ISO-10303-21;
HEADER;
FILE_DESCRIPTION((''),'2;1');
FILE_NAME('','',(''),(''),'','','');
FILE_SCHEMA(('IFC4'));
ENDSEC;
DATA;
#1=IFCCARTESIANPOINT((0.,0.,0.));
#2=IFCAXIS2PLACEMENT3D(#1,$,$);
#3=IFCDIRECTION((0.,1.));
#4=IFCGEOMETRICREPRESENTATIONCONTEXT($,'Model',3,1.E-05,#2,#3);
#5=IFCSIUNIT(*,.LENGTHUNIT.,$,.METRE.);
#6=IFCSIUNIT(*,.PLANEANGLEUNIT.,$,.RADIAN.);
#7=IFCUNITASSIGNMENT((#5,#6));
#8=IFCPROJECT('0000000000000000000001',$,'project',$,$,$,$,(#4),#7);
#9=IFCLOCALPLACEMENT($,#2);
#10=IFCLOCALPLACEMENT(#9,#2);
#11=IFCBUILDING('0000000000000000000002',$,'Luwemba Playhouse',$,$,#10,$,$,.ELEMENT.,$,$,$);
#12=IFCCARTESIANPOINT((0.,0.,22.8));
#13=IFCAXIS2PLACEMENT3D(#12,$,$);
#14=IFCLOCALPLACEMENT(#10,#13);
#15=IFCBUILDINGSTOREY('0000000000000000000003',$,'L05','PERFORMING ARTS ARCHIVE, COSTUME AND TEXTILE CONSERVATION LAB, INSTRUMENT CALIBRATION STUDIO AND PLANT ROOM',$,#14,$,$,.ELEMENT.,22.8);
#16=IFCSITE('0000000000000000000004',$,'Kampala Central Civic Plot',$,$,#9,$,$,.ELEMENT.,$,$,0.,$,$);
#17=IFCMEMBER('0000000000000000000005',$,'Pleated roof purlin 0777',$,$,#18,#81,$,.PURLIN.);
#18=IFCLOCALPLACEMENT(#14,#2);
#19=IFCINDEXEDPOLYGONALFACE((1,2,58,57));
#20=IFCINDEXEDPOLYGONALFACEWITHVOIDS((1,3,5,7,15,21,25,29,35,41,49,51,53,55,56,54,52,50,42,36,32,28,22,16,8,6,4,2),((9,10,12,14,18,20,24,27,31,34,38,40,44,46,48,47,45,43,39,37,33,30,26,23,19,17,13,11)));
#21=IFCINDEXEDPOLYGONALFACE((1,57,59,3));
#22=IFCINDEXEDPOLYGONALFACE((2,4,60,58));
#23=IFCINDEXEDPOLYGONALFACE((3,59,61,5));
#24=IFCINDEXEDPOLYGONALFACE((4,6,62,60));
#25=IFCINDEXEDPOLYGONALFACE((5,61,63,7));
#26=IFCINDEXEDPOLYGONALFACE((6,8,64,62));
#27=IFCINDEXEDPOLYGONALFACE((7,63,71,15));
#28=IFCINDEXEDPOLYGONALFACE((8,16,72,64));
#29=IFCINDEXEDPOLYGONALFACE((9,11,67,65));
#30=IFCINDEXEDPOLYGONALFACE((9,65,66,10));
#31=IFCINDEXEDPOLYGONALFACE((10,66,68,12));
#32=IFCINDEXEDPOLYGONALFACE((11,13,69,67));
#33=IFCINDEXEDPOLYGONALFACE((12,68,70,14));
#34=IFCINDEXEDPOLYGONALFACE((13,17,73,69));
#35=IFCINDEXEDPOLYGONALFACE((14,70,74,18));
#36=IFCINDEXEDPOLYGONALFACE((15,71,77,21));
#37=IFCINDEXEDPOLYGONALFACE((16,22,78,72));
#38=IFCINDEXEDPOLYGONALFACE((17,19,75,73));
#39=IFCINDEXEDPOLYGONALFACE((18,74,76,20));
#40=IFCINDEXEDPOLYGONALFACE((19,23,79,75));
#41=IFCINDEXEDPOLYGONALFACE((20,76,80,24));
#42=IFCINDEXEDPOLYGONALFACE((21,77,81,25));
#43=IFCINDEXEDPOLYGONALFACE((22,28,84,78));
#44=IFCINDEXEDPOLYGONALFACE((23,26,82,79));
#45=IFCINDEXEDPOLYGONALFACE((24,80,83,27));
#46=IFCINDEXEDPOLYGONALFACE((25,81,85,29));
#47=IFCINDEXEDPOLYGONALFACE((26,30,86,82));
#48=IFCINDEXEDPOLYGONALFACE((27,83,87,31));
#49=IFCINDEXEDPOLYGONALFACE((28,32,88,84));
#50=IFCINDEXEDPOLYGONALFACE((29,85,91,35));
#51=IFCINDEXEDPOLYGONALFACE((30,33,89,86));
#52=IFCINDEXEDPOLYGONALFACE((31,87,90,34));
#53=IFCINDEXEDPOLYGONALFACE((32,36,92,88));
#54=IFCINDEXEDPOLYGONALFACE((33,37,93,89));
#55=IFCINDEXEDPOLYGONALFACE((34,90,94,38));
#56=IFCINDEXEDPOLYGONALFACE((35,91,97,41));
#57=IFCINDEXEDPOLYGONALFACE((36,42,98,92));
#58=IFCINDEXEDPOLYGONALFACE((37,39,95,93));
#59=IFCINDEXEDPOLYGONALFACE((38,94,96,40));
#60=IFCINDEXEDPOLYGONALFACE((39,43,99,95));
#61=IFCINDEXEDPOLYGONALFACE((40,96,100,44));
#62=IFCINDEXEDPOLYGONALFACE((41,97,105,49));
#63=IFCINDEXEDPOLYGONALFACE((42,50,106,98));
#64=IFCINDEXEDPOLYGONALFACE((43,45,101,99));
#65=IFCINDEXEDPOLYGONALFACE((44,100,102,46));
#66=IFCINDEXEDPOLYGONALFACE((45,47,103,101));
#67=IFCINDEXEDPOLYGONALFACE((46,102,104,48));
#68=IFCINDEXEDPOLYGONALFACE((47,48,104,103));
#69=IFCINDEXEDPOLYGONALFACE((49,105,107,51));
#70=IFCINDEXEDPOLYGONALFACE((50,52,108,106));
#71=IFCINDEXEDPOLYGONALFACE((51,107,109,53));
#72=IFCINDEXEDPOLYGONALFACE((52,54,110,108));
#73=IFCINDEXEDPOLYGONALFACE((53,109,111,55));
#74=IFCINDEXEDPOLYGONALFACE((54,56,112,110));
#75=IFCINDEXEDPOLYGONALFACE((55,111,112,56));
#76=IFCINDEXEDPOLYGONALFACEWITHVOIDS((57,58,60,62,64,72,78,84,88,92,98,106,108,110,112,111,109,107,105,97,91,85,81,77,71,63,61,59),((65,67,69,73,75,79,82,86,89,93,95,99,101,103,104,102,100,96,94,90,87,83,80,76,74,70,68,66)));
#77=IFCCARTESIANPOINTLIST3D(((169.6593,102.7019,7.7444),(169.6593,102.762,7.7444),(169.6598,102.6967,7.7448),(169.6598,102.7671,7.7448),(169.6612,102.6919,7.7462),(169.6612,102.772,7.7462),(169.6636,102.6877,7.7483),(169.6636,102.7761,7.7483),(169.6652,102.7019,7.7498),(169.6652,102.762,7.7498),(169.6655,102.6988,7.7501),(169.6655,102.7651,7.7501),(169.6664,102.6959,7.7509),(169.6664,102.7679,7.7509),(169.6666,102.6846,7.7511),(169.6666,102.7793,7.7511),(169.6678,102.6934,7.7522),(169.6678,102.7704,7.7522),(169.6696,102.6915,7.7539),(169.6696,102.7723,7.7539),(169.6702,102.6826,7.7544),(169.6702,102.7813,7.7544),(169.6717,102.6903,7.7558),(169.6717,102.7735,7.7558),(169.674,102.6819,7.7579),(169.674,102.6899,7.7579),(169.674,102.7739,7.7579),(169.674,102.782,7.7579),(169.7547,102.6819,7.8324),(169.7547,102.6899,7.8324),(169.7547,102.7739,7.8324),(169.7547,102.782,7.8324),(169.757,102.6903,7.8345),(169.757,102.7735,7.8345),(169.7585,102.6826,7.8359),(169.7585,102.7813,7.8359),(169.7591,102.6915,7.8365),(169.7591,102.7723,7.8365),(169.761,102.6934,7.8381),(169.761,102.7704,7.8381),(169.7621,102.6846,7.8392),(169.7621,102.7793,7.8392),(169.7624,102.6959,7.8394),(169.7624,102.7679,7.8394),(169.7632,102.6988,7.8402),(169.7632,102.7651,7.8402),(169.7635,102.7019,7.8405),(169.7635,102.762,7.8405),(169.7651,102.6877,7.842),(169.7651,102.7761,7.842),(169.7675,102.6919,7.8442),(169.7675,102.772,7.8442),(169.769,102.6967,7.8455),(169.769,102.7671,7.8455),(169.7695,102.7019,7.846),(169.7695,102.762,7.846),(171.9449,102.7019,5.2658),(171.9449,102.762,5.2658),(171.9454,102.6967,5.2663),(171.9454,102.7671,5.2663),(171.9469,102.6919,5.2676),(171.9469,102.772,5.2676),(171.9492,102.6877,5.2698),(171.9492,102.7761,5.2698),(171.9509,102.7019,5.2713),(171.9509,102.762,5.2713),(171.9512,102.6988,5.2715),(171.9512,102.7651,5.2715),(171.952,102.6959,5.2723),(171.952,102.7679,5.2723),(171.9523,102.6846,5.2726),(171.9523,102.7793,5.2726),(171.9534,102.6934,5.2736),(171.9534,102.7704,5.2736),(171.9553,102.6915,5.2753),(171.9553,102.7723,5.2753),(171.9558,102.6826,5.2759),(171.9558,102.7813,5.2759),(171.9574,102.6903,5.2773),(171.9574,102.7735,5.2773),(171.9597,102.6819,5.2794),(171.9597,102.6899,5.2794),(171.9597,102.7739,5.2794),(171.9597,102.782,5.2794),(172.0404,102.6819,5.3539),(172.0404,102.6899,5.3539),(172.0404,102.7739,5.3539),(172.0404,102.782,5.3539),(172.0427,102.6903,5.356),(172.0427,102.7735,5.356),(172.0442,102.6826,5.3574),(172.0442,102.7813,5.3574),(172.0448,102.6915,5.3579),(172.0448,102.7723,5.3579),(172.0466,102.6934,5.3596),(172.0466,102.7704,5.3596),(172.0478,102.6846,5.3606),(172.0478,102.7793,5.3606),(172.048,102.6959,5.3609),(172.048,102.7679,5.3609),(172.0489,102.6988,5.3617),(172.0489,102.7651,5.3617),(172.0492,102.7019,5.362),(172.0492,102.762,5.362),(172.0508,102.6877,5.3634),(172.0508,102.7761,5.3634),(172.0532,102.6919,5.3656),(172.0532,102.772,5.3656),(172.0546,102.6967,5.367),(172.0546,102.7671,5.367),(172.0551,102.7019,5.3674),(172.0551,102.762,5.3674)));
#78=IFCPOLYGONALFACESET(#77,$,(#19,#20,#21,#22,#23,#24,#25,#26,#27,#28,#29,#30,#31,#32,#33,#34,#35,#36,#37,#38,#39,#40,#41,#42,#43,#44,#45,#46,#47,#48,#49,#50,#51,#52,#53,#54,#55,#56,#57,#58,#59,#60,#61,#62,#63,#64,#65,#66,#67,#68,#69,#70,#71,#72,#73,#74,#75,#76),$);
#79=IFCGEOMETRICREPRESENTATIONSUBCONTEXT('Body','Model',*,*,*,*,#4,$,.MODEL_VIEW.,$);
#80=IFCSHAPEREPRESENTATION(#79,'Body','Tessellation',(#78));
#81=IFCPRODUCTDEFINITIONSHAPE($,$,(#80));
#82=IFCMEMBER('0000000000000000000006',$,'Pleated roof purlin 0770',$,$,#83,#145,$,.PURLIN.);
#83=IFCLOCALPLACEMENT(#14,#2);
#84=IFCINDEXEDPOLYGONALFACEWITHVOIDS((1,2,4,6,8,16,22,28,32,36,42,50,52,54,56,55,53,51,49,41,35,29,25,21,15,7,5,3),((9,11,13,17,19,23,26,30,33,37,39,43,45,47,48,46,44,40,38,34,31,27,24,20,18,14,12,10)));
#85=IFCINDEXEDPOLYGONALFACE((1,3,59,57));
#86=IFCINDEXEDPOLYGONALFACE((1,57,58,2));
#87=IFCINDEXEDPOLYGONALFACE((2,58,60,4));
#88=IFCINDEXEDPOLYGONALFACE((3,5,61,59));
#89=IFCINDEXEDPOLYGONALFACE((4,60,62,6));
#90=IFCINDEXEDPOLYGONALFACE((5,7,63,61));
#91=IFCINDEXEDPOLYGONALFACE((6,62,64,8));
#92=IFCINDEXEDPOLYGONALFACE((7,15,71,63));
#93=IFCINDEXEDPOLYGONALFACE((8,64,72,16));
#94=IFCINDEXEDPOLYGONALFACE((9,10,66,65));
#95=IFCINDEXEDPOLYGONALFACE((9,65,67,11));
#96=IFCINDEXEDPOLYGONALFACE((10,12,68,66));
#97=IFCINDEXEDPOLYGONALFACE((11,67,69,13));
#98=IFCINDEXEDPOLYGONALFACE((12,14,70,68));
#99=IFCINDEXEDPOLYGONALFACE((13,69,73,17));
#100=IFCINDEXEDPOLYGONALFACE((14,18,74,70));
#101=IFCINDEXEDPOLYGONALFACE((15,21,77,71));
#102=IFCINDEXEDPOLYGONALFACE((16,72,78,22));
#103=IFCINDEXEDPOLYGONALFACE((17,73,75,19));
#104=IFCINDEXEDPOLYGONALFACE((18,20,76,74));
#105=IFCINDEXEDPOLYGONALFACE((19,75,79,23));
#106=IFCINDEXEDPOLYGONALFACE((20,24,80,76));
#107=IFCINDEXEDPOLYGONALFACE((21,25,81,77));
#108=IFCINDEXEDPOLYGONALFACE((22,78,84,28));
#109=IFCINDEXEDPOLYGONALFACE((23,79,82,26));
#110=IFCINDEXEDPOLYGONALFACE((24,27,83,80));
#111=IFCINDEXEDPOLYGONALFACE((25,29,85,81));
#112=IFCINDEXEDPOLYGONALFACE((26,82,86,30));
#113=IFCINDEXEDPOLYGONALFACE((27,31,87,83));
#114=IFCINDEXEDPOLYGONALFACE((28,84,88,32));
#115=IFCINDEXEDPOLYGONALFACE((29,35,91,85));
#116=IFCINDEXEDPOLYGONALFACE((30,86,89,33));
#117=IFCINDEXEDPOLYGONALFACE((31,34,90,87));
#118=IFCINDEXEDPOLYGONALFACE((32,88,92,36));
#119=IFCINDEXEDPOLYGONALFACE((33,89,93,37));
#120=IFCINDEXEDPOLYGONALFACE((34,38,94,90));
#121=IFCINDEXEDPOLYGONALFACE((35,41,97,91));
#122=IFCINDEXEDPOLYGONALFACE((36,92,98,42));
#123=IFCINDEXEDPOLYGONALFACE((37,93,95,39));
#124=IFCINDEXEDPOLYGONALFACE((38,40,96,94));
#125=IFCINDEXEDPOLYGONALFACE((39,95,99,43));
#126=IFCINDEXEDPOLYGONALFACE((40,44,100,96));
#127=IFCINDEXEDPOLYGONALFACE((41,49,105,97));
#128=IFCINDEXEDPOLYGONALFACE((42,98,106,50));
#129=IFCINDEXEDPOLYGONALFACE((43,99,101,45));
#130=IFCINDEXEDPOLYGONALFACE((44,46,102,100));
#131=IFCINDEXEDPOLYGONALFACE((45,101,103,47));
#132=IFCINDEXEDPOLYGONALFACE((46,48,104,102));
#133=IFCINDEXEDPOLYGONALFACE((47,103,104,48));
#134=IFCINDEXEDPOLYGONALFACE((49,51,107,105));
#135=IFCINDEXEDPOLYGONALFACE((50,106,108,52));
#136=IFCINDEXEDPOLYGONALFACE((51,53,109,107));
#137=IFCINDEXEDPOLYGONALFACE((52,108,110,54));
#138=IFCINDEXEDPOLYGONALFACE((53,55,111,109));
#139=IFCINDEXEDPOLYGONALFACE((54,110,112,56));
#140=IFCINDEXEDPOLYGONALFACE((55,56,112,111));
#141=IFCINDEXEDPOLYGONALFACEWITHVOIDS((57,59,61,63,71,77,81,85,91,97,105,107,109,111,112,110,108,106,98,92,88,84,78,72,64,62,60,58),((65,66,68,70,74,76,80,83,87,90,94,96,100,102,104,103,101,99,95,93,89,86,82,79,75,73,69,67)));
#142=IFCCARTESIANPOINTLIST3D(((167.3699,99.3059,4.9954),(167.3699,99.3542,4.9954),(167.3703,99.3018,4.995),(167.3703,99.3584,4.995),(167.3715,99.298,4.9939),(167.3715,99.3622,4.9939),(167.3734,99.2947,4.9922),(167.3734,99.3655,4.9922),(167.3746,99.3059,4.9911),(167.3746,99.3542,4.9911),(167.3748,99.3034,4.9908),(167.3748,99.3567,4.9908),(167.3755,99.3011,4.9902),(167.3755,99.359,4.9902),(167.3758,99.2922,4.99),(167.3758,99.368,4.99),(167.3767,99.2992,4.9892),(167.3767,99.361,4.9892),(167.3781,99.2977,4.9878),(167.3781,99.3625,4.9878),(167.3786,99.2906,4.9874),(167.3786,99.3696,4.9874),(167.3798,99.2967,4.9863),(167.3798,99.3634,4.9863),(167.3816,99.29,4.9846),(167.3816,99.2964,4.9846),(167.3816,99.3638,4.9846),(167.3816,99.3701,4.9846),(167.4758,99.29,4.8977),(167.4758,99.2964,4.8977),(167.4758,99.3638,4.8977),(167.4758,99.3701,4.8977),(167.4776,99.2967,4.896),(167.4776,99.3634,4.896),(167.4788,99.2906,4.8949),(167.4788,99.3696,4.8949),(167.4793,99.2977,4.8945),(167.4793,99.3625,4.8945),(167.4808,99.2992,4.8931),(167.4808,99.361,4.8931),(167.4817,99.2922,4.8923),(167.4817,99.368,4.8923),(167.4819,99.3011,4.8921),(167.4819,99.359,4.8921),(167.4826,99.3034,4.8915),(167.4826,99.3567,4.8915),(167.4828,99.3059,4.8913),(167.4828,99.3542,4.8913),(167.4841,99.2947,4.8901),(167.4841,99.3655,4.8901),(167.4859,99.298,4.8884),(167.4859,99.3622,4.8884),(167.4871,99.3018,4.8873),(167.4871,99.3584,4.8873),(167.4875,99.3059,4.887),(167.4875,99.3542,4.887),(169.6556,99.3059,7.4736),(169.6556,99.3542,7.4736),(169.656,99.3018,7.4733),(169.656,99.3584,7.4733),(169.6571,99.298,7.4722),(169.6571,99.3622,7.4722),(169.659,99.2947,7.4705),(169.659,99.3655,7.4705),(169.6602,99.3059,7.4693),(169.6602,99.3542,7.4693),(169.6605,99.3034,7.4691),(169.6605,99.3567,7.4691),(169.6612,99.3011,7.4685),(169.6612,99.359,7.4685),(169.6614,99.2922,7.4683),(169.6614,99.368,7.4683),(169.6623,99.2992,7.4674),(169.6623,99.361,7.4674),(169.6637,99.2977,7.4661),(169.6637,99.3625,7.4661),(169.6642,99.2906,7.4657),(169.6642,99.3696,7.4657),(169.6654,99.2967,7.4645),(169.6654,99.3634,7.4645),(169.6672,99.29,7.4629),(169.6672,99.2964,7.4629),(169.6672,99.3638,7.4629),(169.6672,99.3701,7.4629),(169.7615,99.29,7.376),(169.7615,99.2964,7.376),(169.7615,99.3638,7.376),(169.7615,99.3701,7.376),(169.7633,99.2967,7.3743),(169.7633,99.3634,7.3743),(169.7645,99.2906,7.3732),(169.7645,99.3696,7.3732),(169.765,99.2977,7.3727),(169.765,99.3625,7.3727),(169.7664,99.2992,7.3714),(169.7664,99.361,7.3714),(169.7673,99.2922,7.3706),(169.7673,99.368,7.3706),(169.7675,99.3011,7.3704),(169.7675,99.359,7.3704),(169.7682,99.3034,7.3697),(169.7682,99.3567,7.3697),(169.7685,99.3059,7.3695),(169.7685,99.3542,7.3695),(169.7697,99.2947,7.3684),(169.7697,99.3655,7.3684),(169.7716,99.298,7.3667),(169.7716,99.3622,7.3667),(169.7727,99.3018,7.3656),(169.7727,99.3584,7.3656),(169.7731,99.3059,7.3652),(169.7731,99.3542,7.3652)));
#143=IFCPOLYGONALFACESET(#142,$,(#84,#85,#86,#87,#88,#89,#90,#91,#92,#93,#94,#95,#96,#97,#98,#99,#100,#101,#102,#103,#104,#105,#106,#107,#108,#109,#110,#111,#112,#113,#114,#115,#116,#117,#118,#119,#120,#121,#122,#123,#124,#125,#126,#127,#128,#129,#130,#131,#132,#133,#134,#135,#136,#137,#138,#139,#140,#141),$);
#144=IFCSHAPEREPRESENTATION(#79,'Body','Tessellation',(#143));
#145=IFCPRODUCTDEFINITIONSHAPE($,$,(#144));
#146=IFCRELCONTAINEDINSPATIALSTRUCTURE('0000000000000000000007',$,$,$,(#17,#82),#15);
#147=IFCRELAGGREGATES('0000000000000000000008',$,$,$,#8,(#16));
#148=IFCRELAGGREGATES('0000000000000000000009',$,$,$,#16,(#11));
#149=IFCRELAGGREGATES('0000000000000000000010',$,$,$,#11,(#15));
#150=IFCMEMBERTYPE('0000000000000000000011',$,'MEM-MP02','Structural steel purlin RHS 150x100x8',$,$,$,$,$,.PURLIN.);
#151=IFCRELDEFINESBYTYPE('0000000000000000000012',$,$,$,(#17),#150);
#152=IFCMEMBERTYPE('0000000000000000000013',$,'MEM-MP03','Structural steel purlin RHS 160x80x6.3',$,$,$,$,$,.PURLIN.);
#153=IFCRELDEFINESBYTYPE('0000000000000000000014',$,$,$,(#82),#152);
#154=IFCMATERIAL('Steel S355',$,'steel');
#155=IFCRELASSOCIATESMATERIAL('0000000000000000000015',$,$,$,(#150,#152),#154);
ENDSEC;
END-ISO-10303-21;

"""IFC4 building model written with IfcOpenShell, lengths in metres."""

from ifc_helpers import new_model, si_unit, direction, frame, origin, origin_2d, place, context, subcontext, project, spatial, hollow_rectangle, extrude, material, material_profile, profile_set, type_object, element, save


model = new_model("IFC4")

# Units and contexts
model_context = context("Model", 3, precision=1e-05, world=origin(), true_north=direction((0.0, 1.0)))
body_context = subcontext(model_context, "Body", "Model", "MODEL_VIEW")
ifc_project = project(units=[si_unit("LENGTHUNIT", "METRE"), si_unit("PLANEANGLEUNIT", "RADIAN")], contexts=[model_context])

# Site, building, storey
site_placement = place(None, origin())
site = spatial("IfcSite", under=ifc_project, at=site_placement, Name="Kampala Central Civic Plot", CompositionType="ELEMENT", RefElevation=0.0)
building_placement = place(site_placement, origin())
building = spatial("IfcBuilding", under=site, at=building_placement, Name="Luwemba Playhouse", CompositionType="ELEMENT")
storey_placement = place(building_placement, frame((0.0, 0.0, 22.8)))
storey = spatial("IfcBuildingStorey", under=building, at=storey_placement, Name="L05", Description="PERFORMING ARTS ARCHIVE, COSTUME AND TEXTILE CONSERVATION LAB, INSTRUMENT CALIBRATION STUDIO AND PLANT ROOM", CompositionType="ELEMENT", Elevation=22.8)

# Shared definitions
ifc_material_1 = material(Name="Steel S355", Category="steel")

# Members
ifc_material_profile_1 = material_profile(ifc_material_1, hollow_rectangle(XDim=0.1001, YDim=0.1499, WallThickness=0.0081, InnerFilletRadius=0.012, OuterFilletRadius=0.02, at=origin_2d()))
ifc_profile_set_1 = profile_set([ifc_material_profile_1], Name="Steel S355")
member_type_1 = type_object("IfcMemberType", Name="MEM-MP02", Description="Structural steel purlin RHS 150x100x8", PredefinedType="PURLIN", material=ifc_profile_set_1)
member_1_placement = place(storey_placement, frame((169.7144, 102.7319, 7.7952), z_axis=(0.677925, 0.0, -0.735131), x_axis=(0.0, 1.0, 0.0)))
element("IfcMember", 1, at=member_1_placement, inside=storey, type_object=member_type_1, Name="Pleated roof purlin 0777", PredefinedType="PURLIN", context=body_context, shape_type="SweptSolid", body=[
    extrude(hollow_rectangle(XDim=0.1001, YDim=0.1499, WallThickness=0.0081, InnerFilletRadius=0.012, OuterFilletRadius=0.02, at=origin_2d()), origin(), (0.0, 0.0, 1.0), 3.3716),
])
ifc_material_profile_2 = material_profile(ifc_material_1, hollow_rectangle(XDim=0.0801, YDim=0.1599, WallThickness=0.0063, InnerFilletRadius=0.0095, OuterFilletRadius=0.0159, at=origin_2d()))
ifc_profile_set_2 = profile_set([ifc_material_profile_2], Name="Steel S355")
member_type_2 = type_object("IfcMemberType", Name="MEM-MP03", Description="Structural steel purlin RHS 160x80x6.3", PredefinedType="PURLIN", material=ifc_profile_set_2)
member_2_placement = place(storey_placement, frame((167.4287, 99.3301, 4.9412), z_axis=(0.677961, 0.0, 0.735098), x_axis=(0.0, 1.0, 0.0)))
element("IfcMember", 2, at=member_2_placement, inside=storey, type_object=member_type_2, Name="Pleated roof purlin 0770", PredefinedType="PURLIN", context=body_context, shape_type="SweptSolid", body=[
    extrude(hollow_rectangle(XDim=0.0801, YDim=0.1599, WallThickness=0.0063, InnerFilletRadius=0.0095, OuterFilletRadius=0.0159, at=origin_2d()), origin(), (0.0, 0.0, 1.0), 3.3713),
])

save(model, "model.ifc")
